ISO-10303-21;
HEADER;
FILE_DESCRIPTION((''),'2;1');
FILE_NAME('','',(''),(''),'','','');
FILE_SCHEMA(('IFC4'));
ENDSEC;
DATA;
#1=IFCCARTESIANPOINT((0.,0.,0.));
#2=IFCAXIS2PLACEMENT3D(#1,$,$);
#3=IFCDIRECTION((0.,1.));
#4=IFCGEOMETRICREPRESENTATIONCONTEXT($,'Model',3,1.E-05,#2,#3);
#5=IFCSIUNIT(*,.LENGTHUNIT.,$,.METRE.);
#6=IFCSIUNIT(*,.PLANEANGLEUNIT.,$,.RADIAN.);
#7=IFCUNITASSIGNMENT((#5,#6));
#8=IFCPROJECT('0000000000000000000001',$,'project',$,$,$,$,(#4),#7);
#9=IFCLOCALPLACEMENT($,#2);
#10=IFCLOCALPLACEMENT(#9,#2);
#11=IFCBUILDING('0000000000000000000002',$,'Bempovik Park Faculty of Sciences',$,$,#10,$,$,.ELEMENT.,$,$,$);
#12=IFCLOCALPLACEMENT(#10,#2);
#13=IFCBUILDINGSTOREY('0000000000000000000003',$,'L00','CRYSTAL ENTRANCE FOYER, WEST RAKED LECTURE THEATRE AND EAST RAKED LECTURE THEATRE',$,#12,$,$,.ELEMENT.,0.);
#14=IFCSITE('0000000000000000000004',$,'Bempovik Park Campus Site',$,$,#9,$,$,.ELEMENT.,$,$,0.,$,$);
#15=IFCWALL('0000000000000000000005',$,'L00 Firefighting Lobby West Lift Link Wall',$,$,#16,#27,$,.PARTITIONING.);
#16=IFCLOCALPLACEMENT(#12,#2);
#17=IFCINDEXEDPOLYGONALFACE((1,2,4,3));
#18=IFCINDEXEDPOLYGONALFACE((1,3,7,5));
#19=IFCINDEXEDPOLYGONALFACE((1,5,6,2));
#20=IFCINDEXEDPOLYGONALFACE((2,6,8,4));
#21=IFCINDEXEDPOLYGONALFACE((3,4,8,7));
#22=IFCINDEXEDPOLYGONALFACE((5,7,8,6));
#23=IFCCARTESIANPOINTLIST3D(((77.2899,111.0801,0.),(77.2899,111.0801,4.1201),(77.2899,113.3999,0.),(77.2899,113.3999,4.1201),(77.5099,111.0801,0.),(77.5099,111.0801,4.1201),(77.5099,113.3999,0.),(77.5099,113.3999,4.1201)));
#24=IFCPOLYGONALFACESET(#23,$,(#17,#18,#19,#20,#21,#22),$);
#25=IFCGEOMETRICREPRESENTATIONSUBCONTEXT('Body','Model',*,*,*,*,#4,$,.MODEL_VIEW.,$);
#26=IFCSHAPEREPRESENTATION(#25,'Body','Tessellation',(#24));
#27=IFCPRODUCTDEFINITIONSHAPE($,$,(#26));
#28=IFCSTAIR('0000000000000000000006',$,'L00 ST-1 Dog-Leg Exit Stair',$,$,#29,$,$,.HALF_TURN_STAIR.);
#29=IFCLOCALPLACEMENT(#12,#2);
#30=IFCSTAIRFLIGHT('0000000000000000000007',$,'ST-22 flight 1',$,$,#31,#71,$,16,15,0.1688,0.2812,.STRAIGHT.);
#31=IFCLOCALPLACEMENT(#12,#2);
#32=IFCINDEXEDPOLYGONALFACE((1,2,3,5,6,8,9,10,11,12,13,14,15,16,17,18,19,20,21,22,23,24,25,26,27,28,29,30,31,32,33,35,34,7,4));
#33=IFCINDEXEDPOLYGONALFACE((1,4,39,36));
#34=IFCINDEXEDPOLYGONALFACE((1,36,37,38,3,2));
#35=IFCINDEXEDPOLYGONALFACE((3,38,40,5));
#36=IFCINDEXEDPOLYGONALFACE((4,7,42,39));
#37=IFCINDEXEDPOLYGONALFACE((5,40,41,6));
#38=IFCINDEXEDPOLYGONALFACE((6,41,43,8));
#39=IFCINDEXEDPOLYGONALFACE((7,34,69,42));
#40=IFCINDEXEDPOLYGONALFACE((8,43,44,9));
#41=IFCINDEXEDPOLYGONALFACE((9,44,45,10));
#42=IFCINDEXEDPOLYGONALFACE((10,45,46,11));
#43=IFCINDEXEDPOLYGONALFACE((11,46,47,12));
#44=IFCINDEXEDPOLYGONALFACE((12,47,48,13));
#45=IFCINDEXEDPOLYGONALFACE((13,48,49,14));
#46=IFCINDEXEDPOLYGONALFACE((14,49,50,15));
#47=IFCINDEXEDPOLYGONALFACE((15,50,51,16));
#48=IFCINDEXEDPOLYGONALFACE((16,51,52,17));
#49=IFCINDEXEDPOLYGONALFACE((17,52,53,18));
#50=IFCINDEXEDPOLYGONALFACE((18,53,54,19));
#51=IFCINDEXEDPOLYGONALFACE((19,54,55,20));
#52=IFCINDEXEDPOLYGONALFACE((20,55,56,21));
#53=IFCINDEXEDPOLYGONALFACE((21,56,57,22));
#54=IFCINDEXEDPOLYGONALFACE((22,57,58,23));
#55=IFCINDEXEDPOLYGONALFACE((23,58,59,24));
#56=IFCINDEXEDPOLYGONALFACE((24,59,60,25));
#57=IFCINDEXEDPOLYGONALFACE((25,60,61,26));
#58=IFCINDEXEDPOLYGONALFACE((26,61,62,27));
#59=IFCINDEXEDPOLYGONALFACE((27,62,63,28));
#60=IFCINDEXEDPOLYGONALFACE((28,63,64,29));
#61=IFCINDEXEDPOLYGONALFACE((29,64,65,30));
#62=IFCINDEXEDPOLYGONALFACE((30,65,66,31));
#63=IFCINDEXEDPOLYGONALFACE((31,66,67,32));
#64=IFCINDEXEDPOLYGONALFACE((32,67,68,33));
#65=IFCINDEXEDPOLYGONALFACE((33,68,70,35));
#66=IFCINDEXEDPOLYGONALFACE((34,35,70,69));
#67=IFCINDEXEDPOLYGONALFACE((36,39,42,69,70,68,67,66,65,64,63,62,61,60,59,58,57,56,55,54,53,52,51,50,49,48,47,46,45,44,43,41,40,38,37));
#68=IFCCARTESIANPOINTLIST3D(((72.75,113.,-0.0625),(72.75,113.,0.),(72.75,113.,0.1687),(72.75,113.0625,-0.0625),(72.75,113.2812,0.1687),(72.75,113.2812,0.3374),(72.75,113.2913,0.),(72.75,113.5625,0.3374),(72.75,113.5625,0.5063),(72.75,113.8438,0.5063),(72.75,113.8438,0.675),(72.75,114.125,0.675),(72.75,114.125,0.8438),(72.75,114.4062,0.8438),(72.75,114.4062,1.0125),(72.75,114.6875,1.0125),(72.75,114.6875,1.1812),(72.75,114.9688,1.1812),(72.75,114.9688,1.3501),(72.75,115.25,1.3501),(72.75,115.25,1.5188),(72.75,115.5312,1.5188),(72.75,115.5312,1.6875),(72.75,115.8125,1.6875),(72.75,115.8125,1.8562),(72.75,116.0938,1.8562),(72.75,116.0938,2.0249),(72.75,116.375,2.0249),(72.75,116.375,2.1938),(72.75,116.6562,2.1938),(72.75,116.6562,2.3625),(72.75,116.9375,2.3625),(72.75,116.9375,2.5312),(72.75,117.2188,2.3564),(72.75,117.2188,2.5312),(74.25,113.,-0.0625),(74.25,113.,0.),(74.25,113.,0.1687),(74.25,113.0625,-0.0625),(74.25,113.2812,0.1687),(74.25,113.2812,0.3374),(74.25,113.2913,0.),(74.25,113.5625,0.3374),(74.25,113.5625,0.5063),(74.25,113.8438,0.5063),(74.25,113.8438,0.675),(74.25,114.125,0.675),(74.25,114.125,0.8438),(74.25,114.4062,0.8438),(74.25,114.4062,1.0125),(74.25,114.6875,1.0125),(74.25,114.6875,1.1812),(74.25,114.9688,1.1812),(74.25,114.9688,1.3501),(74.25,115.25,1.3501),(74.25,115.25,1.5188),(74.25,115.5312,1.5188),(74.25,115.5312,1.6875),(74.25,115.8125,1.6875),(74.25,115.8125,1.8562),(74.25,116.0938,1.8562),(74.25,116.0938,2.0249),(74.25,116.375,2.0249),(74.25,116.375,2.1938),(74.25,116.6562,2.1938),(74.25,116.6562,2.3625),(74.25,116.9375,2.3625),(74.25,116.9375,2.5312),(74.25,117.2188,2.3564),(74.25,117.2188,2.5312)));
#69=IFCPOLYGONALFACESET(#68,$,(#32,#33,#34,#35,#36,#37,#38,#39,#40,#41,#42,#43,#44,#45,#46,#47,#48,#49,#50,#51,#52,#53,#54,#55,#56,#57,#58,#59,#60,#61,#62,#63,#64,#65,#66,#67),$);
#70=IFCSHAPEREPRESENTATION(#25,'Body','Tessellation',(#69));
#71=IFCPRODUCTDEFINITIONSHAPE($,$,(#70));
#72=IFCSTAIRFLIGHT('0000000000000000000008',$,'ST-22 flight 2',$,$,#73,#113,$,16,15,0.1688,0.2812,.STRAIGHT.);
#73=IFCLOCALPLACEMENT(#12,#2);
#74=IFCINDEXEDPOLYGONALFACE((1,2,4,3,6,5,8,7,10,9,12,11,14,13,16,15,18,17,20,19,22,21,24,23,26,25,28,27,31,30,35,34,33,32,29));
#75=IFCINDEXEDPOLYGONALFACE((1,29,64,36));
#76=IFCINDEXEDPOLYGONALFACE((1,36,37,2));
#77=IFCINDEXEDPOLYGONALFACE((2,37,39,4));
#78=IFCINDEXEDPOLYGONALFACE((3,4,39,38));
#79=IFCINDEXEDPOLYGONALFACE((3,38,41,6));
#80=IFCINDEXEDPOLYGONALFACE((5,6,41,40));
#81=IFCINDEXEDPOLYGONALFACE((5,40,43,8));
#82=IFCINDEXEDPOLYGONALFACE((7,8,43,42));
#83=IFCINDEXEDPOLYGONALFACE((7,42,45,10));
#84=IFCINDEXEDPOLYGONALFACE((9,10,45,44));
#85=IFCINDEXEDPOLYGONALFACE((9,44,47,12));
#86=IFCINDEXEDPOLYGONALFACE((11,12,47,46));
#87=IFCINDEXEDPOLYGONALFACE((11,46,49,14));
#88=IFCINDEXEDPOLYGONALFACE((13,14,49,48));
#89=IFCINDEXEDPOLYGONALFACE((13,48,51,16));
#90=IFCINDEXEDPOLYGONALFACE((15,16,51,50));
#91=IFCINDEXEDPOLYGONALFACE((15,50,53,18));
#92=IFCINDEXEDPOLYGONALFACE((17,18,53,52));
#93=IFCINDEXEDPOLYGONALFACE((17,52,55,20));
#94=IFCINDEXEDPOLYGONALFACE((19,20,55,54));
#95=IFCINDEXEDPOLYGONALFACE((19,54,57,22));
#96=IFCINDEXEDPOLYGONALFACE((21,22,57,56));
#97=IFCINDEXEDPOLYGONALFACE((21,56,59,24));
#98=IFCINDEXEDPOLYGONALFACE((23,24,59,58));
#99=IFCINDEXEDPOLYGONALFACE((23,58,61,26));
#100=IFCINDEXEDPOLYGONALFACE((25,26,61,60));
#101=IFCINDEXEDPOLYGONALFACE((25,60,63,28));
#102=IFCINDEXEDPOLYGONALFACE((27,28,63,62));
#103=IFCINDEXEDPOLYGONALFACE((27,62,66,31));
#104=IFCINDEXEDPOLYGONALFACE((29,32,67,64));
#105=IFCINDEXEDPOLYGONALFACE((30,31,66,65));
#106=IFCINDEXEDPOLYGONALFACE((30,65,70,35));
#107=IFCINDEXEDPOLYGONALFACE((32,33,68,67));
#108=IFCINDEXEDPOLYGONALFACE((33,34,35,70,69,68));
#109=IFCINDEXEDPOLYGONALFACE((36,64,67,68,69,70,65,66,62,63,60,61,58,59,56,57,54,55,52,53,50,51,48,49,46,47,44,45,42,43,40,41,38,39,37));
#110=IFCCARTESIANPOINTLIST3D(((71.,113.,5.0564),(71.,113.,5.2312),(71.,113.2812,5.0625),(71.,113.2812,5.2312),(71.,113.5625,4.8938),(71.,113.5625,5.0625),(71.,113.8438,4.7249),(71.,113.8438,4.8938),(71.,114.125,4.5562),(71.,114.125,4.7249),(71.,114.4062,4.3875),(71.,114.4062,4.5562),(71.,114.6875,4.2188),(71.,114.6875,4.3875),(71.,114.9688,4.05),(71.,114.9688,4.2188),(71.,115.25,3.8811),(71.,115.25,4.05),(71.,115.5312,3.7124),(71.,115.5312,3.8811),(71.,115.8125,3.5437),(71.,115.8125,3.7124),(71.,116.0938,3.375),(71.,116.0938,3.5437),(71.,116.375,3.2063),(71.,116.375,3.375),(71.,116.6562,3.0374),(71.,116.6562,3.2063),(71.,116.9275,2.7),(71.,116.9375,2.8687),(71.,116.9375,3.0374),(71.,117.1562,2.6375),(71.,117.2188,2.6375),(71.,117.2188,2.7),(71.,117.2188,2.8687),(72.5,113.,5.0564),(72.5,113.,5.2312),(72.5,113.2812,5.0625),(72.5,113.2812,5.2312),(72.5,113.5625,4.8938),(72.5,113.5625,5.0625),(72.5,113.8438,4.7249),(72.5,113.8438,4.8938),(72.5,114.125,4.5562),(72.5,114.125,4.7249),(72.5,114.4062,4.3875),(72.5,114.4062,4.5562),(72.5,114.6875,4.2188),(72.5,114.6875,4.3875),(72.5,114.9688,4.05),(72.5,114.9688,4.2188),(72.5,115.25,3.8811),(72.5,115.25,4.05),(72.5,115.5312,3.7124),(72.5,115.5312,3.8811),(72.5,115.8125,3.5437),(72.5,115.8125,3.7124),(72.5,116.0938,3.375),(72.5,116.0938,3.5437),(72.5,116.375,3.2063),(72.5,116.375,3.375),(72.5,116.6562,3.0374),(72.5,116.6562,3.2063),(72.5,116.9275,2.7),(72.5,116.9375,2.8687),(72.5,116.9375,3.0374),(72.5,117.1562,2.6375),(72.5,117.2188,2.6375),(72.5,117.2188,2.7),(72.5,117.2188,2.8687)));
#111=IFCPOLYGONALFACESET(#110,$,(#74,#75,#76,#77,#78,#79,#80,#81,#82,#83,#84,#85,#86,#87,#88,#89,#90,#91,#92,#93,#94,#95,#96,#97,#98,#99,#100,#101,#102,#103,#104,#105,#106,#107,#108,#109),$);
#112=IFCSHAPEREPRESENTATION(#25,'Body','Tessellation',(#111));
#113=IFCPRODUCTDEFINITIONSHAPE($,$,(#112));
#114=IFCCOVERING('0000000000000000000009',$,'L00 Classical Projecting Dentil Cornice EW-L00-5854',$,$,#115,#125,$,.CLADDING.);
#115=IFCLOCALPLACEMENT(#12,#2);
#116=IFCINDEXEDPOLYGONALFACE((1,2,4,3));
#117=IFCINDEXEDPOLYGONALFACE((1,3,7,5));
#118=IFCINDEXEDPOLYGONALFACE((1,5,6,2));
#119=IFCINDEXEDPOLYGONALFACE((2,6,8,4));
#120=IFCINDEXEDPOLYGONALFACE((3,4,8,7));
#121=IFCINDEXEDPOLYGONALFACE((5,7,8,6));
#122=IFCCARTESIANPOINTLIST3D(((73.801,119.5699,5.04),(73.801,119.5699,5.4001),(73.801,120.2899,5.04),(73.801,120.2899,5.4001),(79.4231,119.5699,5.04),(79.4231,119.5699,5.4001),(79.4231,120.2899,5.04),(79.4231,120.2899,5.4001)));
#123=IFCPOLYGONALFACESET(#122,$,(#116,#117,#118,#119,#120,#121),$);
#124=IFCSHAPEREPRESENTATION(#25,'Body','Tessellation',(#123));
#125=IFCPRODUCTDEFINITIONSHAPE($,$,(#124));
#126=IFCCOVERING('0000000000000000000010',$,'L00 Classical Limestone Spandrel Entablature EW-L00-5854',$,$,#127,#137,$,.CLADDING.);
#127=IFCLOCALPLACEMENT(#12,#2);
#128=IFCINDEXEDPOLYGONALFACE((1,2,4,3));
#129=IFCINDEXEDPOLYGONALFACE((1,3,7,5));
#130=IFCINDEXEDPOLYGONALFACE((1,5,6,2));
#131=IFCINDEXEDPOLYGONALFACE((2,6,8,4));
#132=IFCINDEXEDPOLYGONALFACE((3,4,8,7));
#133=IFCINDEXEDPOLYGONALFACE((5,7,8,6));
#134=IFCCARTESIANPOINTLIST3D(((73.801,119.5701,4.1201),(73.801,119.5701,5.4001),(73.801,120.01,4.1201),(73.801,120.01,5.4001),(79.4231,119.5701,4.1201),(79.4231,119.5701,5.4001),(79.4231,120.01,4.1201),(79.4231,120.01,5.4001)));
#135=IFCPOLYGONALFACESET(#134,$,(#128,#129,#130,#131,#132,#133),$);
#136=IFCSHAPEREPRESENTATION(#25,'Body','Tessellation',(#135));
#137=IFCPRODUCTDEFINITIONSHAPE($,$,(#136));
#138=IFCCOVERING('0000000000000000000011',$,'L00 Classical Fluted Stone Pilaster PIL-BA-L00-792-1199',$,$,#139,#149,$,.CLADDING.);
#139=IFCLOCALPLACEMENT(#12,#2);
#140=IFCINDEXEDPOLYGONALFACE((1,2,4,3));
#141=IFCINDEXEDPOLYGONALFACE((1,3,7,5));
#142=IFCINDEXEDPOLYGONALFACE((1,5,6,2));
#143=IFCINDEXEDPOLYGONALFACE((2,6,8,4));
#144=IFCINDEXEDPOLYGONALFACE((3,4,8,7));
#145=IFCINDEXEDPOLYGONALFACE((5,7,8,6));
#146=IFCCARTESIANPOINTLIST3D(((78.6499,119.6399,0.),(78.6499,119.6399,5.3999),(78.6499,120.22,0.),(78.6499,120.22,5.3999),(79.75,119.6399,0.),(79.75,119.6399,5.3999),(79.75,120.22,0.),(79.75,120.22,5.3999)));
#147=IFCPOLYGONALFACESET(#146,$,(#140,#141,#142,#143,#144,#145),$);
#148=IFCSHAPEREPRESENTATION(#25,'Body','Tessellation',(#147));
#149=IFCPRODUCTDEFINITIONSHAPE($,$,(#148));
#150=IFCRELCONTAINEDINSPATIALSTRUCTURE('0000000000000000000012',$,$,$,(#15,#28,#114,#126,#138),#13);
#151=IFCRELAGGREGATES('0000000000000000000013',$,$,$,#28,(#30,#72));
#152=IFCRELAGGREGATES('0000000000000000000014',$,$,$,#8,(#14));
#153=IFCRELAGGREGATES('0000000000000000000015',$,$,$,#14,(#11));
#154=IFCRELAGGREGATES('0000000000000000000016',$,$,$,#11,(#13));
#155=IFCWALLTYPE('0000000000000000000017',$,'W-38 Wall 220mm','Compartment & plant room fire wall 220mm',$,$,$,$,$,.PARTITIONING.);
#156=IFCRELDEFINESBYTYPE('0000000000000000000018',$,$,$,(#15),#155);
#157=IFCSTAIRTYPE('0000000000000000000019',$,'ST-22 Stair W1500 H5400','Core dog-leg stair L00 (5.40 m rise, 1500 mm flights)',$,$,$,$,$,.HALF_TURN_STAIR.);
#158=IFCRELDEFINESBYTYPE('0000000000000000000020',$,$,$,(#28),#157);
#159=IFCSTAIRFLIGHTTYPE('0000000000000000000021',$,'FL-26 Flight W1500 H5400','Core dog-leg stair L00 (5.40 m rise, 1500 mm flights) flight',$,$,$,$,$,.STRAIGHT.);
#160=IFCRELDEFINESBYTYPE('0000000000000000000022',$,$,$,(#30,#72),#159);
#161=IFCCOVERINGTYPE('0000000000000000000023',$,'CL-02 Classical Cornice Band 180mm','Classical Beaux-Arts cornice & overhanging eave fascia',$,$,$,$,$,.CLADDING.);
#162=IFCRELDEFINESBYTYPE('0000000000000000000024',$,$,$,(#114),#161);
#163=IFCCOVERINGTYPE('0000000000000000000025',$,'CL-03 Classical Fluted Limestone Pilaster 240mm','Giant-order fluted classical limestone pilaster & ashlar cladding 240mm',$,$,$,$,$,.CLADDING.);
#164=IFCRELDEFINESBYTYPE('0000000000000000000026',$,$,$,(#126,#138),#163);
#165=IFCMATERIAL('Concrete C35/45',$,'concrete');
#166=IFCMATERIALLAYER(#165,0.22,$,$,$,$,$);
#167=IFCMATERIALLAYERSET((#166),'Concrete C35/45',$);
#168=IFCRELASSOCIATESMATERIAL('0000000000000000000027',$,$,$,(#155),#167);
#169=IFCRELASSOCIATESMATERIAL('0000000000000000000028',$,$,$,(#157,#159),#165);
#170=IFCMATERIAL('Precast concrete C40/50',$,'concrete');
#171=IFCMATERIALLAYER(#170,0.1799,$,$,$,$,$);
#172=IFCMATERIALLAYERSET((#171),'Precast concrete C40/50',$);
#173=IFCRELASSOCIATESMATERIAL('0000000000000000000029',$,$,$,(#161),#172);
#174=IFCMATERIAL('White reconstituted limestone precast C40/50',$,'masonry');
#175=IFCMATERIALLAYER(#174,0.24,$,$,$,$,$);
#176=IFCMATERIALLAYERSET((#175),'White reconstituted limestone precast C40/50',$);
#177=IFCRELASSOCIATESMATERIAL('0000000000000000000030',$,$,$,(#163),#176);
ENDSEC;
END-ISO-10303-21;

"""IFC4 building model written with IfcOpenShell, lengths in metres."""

from ifc_helpers import new_model, si_unit, direction, frame, frame_2d, origin, origin_2d, place, context, subcontext, project, spatial, polyline, rectangle, outline, extrude, material, layer, layer_set, type_object, element, aggregate, save


model = new_model("IFC4")

# Units and contexts
model_context = context("Model", 3, precision=1e-05, world=origin(), true_north=direction((0.0, 1.0)))
body_context = subcontext(model_context, "Body", "Model", "MODEL_VIEW")
ifc_project = project(units=[si_unit("LENGTHUNIT", "METRE"), si_unit("PLANEANGLEUNIT", "RADIAN")], contexts=[model_context])

# Site, building, storey
site_placement = place(None, origin())
site = spatial("IfcSite", under=ifc_project, at=site_placement, Name="Bempovik Park Campus Site", CompositionType="ELEMENT", RefElevation=0.0)
building_placement = place(site_placement, origin())
building = spatial("IfcBuilding", under=site, at=building_placement, Name="Bempovik Park Faculty of Sciences", CompositionType="ELEMENT")
storey_placement = place(building_placement, origin())
storey = spatial("IfcBuildingStorey", under=building, at=storey_placement, Name="L00", Description="CRYSTAL ENTRANCE FOYER, WEST RAKED LECTURE THEATRE AND EAST RAKED LECTURE THEATRE", CompositionType="ELEMENT", Elevation=0.0)

# Shared definitions
ifc_material_1 = material(Name="Concrete C35/45", Category="concrete")

# Shared definitions
ifc_material_2 = material(Name="Precast concrete C40/50", Category="concrete")

# Wall
ifc_layer_1 = layer(ifc_material_1, 0.22)
ifc_layer_set_1 = layer_set([ifc_layer_1], Name="Concrete C35/45")
wall_type_1 = type_object("IfcWallType", Name="W-38 Wall 220mm", Description="Compartment & plant room fire wall 220mm", PredefinedType="PARTITIONING", material=ifc_layer_set_1)
wall_1_placement = place(storey_placement, frame((77.3999, 111.0801, 0.0), z_axis=(0.0, 0.0, 1.0), x_axis=(0.0, 1.0, 0.0)))
element("IfcWall", 1, at=wall_1_placement, inside=storey, type_object=wall_type_1, Name="L00 Firefighting Lobby West Lift Link Wall", PredefinedType="PARTITIONING", context=body_context, shape_type="SweptSolid", body=[
    extrude(rectangle(XDim=2.3198, YDim=0.22, at=frame_2d((1.1599, 0.0))), origin(), (0.0, 0.0, 1.0), 4.1201),
])

# Stair, stair flights
stair_type = type_object("IfcStairType", Name="ST-22 Stair W1500 H5400", Description="Core dog-leg stair L00 (5.40 m rise, 1500 mm flights)", PredefinedType="HALF_TURN_STAIR", material=ifc_material_1)
stair_placement = place(storey_placement, origin())
stair = element("IfcStair", 2, at=stair_placement, inside=storey, type_object=stair_type, Name="L00 ST-1 Dog-Leg Exit Stair", PredefinedType="HALF_TURN_STAIR")
stair_flight_type = type_object("IfcStairFlightType", Name="FL-26 Flight W1500 H5400", Description="Core dog-leg stair L00 (5.40 m rise, 1500 mm flights) flight", PredefinedType="STRAIGHT", material=ifc_material_1)
stair_flight_1_placement = place(storey_placement, frame((73.5, 113.0, 0.0), z_axis=(0.0, 0.0, 1.0), x_axis=(0.0, 1.0, 0.0)))
stair_flight_1 = element("IfcStairFlight", 3, at=stair_flight_1_placement, type_object=stair_flight_type, Name="ST-22 flight 1", NumberOfRisers=16, NumberOfTreads=15, PredefinedType="STRAIGHT", RiserHeight=0.1688, TreadLength=0.2812, context=body_context, shape_type="SweptSolid", body=[
    extrude(outline(polyline([(0.0, 0.0), (0.0, 0.1687), (0.2812, 0.1687), (0.2812, 0.3374), (0.5625, 0.3374), (0.5625, 0.5063), (0.8438, 0.5063), (0.8438, 0.675), (1.125, 0.675), (1.125, 0.8438), (1.4062, 0.8438), (1.4062, 1.0125), (1.6875, 1.0125), (1.6875, 1.1812), (1.9688, 1.1812), (1.9688, 1.3501), (2.25, 1.3501), (2.25, 1.5188), (2.5312, 1.5188), (2.5312, 1.6875), (2.8125, 1.6875), (2.8125, 1.8562), (3.0938, 1.8562), (3.0938, 2.0249), (3.375, 2.0249), (3.375, 2.1938), (3.6562, 2.1938), (3.6562, 2.3625), (3.9375, 2.3625), (3.9375, 2.5312), (4.2188, 2.5312), (4.2188, 2.7), (4.2188, 2.3564), (0.2913, 0.0), (0.0625, -0.0625), (0.0, -0.0625), (0.0, 0.0)])), frame((0.0, 0.75, 0.0), z_axis=(0.0, -1.0, 0.0), x_axis=(1.0, 0.0, 0.0)), (0.0, 0.0, 1.0), 1.5),
])
stair_flight_2_placement = place(storey_placement, frame((71.75, 117.2188, 2.7), z_axis=(0.0, 0.0, 1.0), x_axis=(0.0, -1.0, 0.0)))
stair_flight_2 = element("IfcStairFlight", 4, at=stair_flight_2_placement, type_object=stair_flight_type, Name="ST-22 flight 2", NumberOfRisers=16, NumberOfTreads=15, PredefinedType="STRAIGHT", RiserHeight=0.1688, TreadLength=0.2812, context=body_context, shape_type="SweptSolid", body=[
    extrude(outline(polyline([(0.0, 0.0), (0.0, 0.1687), (0.2812, 0.1687), (0.2812, 0.3374), (0.5625, 0.3374), (0.5625, 0.5063), (0.8438, 0.5063), (0.8438, 0.675), (1.125, 0.675), (1.125, 0.8438), (1.4062, 0.8438), (1.4062, 1.0125), (1.6875, 1.0125), (1.6875, 1.1812), (1.9688, 1.1812), (1.9688, 1.3501), (2.25, 1.3501), (2.25, 1.5188), (2.5312, 1.5188), (2.5312, 1.6875), (2.8125, 1.6875), (2.8125, 1.8562), (3.0938, 1.8562), (3.0938, 2.0249), (3.375, 2.0249), (3.375, 2.1938), (3.6562, 2.1938), (3.6562, 2.3625), (3.9375, 2.3625), (3.9375, 2.5312), (4.2188, 2.5312), (4.2188, 2.7), (4.2188, 2.3564), (0.2913, 0.0), (0.0625, -0.0625), (0.0, -0.0625), (0.0, 0.0)])), frame((0.0, 0.75, 0.0), z_axis=(0.0, -1.0, 0.0), x_axis=(1.0, 0.0, 0.0)), (0.0, 0.0, 1.0), 1.5),
])
aggregate(stair, [stair_flight_1, stair_flight_2])

# Coverings
ifc_layer_2 = layer(ifc_material_2, 0.1799)
ifc_layer_set_2 = layer_set([ifc_layer_2], Name="Precast concrete C40/50")
covering_type_1 = type_object("IfcCoveringType", Name="CL-02 Classical Cornice Band 180mm", Description="Classical Beaux-Arts cornice & overhanging eave fascia", PredefinedType="CLADDING", material=ifc_layer_set_2)
covering_1_placement = place(storey_placement, frame((76.6121, 119.9299, 5.04), z_axis=(0.0, 0.0, 1.0), x_axis=(1.0, 0.0, 0.0)))
element("IfcCovering", 5, at=covering_1_placement, inside=storey, type_object=covering_type_1, Name="L00 Classical Projecting Dentil Cornice EW-L00-5854", PredefinedType="CLADDING", context=body_context, shape_type="SweptSolid", body=[
    extrude(rectangle(XDim=5.6221, YDim=0.72, at=origin_2d()), origin(), (0.0, 0.0, 1.0), 0.3601),
])
ifc_material_3 = material(Name="White reconstituted limestone precast C40/50", Category="masonry")
ifc_layer_3 = layer(ifc_material_3, 0.24)
ifc_layer_set_3 = layer_set([ifc_layer_3], Name="White reconstituted limestone precast C40/50")
covering_type_2 = type_object("IfcCoveringType", Name="CL-03 Classical Fluted Limestone Pilaster 240mm", Description="Giant-order fluted classical limestone pilaster & ashlar cladding 240mm", PredefinedType="CLADDING", material=ifc_layer_set_3)
covering_2_placement = place(storey_placement, frame((76.6121, 119.79, 4.1201), z_axis=(0.0, 0.0, 1.0), x_axis=(1.0, 0.0, 0.0)))
element("IfcCovering", 6, at=covering_2_placement, inside=storey, type_object=covering_type_2, Name="L00 Classical Limestone Spandrel Entablature EW-L00-5854", PredefinedType="CLADDING", context=body_context, shape_type="SweptSolid", body=[
    extrude(rectangle(XDim=5.6221, YDim=0.4399, at=origin_2d()), origin(), (0.0, 0.0, 1.0), 1.28),
])
covering_3_placement = place(storey_placement, frame((79.2, 119.9299, 0.0), z_axis=(0.0, 0.0, 1.0), x_axis=(1.0, 0.0, 0.0)))
element("IfcCovering", 7, at=covering_3_placement, inside=storey, type_object=covering_type_2, Name="L00 Classical Fluted Stone Pilaster PIL-BA-L00-792-1199", PredefinedType="CLADDING", context=body_context, shape_type="SweptSolid", body=[
    extrude(rectangle(XDim=1.1001, YDim=0.5801, at=origin_2d()), origin(), (0.0, 0.0, 1.0), 5.3999),
])

save(model, "model.ifc")
